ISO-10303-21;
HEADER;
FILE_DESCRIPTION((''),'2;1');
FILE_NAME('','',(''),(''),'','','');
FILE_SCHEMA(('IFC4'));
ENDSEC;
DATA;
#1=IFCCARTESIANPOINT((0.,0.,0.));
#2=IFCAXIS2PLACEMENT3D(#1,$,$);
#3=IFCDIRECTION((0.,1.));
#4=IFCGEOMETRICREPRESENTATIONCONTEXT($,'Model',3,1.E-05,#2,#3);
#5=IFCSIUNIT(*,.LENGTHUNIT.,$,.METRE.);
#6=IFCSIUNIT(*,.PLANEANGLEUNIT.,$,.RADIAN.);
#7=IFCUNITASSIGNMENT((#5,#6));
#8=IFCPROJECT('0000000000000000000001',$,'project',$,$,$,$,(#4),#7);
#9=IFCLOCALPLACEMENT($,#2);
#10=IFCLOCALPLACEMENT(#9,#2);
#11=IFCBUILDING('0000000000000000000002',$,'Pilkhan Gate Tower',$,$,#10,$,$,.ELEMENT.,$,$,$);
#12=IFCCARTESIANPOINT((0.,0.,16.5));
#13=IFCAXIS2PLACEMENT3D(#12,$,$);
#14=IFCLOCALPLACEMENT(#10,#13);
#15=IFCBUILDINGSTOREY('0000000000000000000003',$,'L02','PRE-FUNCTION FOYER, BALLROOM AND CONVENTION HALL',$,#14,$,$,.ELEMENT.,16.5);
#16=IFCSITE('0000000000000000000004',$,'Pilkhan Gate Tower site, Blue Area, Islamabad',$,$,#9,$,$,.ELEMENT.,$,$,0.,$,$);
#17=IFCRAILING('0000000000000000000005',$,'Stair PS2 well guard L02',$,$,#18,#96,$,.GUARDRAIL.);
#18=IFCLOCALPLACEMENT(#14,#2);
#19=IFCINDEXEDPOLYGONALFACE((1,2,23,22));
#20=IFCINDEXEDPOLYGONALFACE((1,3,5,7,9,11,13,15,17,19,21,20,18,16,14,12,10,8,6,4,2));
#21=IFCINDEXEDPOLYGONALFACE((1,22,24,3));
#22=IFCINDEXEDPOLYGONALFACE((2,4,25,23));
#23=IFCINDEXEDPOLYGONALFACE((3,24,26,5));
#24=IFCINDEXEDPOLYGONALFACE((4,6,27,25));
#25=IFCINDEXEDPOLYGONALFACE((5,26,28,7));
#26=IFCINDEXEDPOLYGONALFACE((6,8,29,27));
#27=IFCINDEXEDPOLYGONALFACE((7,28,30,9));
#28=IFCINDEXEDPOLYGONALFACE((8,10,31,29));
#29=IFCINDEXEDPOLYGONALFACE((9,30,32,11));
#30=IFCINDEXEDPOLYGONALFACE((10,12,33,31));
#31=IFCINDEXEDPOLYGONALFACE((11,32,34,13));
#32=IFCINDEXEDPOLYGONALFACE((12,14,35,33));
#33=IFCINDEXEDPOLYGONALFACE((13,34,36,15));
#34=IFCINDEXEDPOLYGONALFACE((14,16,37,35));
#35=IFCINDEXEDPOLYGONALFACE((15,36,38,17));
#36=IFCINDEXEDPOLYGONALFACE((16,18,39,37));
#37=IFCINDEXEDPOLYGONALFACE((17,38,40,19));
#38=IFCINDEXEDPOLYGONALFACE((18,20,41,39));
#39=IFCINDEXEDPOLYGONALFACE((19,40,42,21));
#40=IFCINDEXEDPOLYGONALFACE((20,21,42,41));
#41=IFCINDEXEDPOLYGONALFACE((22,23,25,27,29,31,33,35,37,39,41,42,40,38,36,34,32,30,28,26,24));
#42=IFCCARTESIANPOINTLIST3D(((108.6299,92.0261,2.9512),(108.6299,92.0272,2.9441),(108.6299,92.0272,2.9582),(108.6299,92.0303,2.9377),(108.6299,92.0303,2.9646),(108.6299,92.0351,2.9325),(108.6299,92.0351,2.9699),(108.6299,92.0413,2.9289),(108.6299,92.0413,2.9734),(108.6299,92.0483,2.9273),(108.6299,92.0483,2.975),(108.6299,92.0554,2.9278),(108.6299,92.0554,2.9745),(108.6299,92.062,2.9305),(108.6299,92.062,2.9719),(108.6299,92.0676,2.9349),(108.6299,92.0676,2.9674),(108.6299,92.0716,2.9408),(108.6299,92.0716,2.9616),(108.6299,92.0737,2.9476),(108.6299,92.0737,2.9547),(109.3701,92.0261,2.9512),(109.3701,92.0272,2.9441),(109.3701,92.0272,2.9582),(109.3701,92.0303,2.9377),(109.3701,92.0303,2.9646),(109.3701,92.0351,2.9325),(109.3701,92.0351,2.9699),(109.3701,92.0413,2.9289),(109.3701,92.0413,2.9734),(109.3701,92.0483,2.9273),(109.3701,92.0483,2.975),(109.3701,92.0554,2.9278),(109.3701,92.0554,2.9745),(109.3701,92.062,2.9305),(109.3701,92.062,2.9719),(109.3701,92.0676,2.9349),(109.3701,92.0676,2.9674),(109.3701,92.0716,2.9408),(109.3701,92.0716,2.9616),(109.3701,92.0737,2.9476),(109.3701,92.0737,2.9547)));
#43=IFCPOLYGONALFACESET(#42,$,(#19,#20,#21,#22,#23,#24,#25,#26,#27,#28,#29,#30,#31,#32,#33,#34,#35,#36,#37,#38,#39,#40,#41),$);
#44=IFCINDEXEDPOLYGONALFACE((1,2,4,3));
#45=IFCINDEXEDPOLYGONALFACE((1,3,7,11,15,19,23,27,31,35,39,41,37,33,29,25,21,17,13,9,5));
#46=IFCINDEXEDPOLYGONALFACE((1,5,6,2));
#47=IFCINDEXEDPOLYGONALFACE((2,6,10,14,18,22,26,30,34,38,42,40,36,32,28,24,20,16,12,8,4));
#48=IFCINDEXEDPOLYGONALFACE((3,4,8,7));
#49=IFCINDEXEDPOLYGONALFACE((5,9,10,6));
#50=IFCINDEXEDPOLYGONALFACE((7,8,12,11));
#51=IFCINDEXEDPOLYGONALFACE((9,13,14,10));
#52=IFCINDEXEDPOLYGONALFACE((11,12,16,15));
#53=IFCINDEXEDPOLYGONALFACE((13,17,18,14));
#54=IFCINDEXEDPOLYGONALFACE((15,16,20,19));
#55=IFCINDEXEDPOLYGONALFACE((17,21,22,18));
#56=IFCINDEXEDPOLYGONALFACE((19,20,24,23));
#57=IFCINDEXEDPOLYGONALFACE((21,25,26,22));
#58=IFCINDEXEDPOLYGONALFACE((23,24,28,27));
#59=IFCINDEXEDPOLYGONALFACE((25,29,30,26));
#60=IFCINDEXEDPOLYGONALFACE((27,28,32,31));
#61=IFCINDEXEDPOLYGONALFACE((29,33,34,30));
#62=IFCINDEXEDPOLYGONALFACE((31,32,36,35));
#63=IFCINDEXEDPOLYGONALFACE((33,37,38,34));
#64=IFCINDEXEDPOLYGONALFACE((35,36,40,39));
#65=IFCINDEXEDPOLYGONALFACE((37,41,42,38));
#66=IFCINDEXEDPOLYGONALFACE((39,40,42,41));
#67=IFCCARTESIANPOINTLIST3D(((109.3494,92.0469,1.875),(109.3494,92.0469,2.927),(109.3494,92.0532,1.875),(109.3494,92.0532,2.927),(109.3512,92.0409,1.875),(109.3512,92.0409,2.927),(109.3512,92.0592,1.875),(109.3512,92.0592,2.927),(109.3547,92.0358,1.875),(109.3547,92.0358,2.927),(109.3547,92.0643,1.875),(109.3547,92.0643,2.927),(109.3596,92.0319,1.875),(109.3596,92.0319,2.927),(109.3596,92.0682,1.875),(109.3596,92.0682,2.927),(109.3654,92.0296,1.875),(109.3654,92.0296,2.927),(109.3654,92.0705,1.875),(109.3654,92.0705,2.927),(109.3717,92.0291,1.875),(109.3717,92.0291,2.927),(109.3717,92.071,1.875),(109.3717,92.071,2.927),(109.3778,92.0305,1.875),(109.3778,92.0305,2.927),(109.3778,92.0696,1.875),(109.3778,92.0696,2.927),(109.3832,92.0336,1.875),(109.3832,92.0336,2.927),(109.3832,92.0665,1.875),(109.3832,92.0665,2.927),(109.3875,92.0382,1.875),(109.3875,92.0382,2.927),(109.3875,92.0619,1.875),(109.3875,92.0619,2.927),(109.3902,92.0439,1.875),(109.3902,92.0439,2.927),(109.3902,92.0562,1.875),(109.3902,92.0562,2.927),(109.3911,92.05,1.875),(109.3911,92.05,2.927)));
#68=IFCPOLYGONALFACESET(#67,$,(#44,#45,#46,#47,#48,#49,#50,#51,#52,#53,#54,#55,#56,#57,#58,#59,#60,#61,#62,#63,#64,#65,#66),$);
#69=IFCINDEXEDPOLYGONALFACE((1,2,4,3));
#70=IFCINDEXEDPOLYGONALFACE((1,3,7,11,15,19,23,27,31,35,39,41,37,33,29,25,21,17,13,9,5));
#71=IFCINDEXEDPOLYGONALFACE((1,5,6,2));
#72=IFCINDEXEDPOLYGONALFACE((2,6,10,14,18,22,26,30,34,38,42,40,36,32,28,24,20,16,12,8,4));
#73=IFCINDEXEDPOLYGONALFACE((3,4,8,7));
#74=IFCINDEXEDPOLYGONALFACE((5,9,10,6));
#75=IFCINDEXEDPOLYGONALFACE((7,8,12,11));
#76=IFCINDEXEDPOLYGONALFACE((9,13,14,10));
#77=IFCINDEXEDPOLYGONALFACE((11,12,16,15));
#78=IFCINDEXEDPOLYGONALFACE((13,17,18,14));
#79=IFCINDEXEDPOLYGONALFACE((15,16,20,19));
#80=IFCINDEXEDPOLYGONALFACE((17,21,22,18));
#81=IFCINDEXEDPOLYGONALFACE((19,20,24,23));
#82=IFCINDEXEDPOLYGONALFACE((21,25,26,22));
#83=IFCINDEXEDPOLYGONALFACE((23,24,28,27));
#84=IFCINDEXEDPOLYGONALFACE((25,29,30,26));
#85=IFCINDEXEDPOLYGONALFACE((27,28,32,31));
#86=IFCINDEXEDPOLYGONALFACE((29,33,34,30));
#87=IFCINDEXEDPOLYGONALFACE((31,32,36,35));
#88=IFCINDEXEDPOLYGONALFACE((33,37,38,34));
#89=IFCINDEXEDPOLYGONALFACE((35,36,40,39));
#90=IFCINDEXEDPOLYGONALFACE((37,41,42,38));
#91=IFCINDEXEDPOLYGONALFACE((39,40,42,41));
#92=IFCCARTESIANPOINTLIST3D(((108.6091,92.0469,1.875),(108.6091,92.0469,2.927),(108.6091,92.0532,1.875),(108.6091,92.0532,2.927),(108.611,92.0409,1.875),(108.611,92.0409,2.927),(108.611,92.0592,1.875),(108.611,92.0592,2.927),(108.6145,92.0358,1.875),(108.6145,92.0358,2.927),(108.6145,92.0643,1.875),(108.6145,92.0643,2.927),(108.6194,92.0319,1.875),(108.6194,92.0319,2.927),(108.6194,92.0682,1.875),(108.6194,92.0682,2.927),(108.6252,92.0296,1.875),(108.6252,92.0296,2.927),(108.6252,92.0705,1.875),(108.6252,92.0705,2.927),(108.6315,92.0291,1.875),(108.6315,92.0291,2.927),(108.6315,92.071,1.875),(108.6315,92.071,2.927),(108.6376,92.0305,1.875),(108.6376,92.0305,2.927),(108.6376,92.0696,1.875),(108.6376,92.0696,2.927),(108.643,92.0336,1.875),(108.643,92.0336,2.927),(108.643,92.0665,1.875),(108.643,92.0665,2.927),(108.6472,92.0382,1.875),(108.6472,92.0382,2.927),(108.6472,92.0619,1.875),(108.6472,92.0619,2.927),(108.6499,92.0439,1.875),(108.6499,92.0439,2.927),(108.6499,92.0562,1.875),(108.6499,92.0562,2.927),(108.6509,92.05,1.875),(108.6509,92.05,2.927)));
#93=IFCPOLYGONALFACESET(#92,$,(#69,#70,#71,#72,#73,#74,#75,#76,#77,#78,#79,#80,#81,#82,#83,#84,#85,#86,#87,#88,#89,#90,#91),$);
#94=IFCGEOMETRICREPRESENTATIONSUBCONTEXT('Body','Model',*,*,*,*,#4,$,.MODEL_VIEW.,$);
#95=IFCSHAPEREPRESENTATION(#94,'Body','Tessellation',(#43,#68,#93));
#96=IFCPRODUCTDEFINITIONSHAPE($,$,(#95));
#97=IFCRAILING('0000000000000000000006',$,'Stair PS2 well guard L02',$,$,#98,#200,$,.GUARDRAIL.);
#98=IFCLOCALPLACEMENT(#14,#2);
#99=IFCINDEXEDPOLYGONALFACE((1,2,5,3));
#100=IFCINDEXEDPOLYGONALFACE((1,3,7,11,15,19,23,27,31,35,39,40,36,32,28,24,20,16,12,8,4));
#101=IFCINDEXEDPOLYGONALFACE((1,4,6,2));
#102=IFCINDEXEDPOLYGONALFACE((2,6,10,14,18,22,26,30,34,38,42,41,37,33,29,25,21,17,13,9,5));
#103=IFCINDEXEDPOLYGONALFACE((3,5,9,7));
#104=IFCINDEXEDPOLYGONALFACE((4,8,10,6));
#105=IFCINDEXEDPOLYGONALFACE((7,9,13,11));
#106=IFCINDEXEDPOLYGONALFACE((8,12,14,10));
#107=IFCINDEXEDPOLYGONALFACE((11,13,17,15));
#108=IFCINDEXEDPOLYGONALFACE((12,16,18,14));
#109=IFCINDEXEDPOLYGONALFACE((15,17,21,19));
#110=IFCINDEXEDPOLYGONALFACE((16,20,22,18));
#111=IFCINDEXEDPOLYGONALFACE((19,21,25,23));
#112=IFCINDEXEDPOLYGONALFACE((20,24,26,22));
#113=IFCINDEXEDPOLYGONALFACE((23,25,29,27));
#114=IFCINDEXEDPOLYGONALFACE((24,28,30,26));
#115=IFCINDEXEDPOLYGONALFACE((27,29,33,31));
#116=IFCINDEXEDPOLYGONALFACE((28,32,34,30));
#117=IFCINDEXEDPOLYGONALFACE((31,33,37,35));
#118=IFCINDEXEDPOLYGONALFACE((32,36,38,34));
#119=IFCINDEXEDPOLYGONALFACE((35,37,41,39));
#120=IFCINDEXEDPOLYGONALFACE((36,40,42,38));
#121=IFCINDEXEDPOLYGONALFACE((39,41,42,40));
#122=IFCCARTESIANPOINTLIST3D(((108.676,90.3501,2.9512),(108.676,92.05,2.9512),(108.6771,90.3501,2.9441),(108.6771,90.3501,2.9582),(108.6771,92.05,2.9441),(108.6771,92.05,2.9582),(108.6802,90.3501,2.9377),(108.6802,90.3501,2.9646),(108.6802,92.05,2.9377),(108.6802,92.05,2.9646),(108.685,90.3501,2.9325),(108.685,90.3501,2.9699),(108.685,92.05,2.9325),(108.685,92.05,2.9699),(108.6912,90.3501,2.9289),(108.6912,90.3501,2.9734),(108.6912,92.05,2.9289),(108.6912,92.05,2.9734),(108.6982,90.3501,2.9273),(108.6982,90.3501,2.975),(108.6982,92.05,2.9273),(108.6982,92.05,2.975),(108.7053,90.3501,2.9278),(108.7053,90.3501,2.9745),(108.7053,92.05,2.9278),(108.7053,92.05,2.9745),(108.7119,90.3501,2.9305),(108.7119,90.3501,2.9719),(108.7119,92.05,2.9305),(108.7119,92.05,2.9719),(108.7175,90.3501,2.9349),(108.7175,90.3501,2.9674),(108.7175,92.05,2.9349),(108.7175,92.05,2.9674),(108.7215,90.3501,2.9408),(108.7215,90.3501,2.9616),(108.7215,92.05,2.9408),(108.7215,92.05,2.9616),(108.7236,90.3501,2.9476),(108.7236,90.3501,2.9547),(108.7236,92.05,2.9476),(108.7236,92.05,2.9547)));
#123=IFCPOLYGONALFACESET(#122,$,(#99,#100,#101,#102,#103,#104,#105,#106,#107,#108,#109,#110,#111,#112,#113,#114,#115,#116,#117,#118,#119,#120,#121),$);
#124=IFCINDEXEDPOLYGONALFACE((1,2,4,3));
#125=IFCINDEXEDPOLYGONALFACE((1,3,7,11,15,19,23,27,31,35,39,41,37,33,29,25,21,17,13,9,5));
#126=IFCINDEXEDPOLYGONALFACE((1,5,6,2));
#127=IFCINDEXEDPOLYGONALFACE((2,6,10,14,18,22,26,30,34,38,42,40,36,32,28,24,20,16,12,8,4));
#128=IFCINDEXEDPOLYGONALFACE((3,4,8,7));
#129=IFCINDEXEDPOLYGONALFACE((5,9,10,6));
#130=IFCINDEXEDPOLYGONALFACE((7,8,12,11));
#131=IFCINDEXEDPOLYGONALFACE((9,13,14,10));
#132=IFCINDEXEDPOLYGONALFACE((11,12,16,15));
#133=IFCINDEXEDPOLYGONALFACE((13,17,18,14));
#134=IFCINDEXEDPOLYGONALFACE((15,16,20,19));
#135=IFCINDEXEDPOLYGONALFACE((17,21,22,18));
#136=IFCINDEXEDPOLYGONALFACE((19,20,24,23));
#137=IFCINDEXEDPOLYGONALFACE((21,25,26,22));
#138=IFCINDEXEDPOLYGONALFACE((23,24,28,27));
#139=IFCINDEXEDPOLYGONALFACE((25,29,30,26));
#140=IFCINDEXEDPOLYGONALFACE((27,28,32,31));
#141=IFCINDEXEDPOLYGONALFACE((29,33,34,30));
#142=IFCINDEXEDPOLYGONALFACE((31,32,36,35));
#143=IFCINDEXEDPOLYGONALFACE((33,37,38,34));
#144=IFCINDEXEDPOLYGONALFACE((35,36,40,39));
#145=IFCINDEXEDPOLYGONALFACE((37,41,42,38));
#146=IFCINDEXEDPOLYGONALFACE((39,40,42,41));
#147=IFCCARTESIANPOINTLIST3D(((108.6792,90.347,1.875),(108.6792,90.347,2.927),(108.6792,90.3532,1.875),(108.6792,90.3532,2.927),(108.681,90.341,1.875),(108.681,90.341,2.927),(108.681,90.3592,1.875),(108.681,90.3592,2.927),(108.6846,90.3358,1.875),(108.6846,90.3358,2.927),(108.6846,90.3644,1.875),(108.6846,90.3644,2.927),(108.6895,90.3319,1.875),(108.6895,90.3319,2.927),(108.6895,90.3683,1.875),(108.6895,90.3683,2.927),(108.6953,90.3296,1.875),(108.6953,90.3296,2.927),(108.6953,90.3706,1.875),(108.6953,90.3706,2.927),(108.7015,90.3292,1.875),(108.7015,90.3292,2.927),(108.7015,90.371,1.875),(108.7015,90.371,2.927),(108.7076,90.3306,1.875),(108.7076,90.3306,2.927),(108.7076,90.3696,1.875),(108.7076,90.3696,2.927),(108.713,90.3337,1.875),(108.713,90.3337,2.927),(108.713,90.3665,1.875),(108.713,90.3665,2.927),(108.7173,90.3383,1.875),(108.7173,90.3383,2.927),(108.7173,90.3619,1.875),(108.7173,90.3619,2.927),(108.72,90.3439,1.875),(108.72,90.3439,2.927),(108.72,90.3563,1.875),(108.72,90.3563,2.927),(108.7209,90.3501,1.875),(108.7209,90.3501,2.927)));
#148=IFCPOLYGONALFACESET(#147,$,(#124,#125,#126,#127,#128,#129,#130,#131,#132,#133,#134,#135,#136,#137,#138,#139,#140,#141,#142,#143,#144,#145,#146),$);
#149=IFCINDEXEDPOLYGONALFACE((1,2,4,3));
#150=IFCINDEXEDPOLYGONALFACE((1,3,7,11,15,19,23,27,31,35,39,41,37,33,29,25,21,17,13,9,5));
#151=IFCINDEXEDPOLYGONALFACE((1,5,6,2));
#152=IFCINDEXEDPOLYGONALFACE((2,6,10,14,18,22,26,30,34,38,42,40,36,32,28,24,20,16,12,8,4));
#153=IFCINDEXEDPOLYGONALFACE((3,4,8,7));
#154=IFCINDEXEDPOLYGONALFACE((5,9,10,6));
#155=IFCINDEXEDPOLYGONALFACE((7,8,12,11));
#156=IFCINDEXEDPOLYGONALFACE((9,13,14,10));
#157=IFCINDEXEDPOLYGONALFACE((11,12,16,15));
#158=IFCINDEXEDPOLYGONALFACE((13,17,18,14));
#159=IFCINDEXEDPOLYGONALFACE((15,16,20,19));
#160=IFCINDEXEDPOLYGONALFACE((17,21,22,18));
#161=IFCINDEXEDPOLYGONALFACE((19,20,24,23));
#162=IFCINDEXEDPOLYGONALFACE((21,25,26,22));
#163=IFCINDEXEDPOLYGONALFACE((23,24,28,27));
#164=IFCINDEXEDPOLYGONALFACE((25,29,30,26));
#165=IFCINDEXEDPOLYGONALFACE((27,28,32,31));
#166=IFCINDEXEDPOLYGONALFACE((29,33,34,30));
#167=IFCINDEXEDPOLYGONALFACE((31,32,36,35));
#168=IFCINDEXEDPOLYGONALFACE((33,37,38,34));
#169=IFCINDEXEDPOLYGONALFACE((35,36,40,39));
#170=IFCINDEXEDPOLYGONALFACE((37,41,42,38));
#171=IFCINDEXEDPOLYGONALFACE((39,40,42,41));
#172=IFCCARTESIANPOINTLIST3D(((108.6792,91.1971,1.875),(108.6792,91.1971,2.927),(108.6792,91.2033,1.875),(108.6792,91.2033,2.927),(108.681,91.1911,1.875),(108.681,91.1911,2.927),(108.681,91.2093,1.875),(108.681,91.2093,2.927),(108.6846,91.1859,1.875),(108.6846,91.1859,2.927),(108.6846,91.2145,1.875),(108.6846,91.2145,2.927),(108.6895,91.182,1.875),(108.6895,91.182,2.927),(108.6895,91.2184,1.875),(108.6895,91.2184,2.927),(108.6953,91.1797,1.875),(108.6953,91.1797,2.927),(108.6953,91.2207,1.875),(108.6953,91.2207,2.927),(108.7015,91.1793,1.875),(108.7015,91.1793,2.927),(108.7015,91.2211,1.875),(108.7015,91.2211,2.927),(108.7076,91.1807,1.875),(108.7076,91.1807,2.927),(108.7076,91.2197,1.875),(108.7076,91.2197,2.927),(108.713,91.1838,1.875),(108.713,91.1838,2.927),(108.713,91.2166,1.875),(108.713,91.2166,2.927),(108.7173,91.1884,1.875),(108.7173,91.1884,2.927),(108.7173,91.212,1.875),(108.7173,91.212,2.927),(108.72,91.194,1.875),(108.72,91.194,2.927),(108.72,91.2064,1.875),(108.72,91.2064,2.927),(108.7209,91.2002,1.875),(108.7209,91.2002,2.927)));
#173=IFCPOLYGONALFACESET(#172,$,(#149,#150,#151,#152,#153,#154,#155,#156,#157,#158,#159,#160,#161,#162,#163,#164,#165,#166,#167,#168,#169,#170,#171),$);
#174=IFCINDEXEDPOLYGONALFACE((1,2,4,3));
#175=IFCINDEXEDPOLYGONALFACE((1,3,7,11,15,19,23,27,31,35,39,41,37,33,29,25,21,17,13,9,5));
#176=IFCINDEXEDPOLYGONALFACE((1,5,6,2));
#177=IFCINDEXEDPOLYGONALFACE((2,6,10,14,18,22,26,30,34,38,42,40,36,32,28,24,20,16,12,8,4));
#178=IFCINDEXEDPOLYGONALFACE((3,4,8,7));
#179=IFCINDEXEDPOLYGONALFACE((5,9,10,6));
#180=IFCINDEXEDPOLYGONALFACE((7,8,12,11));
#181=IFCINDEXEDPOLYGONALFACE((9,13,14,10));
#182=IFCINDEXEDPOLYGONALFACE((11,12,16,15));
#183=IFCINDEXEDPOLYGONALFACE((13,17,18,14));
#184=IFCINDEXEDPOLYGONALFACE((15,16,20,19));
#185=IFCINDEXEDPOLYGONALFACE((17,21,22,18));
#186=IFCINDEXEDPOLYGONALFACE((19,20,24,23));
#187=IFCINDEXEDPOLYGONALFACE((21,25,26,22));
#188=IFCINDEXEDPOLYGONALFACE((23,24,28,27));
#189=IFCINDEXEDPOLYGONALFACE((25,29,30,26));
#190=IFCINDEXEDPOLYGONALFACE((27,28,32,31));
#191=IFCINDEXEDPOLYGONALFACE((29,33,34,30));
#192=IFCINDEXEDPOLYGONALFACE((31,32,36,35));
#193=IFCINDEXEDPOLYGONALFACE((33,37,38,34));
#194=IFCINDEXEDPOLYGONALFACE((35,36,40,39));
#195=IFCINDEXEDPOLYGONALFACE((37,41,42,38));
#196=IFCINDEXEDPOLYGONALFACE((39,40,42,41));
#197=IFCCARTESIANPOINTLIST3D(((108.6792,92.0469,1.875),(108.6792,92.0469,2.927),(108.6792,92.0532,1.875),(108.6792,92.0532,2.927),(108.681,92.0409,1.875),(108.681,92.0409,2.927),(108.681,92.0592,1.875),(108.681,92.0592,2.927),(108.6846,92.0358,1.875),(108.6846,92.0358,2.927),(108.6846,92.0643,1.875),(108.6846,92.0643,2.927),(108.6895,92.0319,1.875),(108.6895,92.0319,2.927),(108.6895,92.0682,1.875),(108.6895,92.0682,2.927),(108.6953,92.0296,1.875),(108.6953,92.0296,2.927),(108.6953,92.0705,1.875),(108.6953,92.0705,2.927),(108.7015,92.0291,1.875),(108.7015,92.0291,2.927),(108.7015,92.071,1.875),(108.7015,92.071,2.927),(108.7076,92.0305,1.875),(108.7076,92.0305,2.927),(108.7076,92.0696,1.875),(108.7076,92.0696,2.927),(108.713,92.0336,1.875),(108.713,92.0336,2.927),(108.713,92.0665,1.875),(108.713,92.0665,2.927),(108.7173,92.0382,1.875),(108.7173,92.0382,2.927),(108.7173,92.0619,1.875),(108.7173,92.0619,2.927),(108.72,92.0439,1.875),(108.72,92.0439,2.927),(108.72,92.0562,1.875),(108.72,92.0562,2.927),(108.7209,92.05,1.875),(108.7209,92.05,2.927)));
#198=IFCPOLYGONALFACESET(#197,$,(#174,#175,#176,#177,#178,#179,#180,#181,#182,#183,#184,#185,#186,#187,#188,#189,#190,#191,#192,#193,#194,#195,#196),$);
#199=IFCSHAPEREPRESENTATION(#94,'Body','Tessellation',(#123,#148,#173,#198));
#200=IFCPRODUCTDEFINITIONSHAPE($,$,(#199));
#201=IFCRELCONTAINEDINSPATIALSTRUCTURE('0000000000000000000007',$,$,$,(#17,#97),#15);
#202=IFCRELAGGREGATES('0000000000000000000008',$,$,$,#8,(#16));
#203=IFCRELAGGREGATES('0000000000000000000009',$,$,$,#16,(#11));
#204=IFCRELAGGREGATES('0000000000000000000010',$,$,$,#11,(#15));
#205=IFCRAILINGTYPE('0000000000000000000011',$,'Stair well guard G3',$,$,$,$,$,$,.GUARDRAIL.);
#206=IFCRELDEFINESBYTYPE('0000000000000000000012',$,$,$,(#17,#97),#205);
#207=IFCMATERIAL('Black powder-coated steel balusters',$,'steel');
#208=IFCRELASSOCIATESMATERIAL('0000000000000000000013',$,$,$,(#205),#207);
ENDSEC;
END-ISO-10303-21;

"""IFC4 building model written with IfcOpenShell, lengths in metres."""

from ifc_helpers import new_model, si_unit, direction, frame, origin, origin_2d, place, context, subcontext, project, spatial, circle, extrude, material, type_object, element, save


model = new_model("IFC4")

# Units and contexts
model_context = context("Model", 3, precision=1e-05, world=origin(), true_north=direction((0.0, 1.0)))
body_context = subcontext(model_context, "Body", "Model", "MODEL_VIEW")
ifc_project = project(units=[si_unit("LENGTHUNIT", "METRE"), si_unit("PLANEANGLEUNIT", "RADIAN")], contexts=[model_context])

# Site, building, storey
site_placement = place(None, origin())
site = spatial("IfcSite", under=ifc_project, at=site_placement, Name="Pilkhan Gate Tower site, Blue Area, Islamabad", CompositionType="ELEMENT", RefElevation=0.0)
building_placement = place(site_placement, origin())
building = spatial("IfcBuilding", under=site, at=building_placement, Name="Pilkhan Gate Tower", CompositionType="ELEMENT")
storey_placement = place(building_placement, frame((0.0, 0.0, 16.5)))
storey = spatial("IfcBuildingStorey", under=building, at=storey_placement, Name="L02", Description="PRE-FUNCTION FOYER, BALLROOM AND CONVENTION HALL", CompositionType="ELEMENT", Elevation=16.5)

# Railings
ifc_material_1 = material(Name="Black powder-coated steel balusters", Category="steel")
railing_type_1 = type_object("IfcRailingType", Name="Stair well guard G3", PredefinedType="GUARDRAIL", material=ifc_material_1)
railing_1_placement = place(storey_placement, frame((109.3701, 92.05, 1.875)))
element("IfcRailing", 1, at=railing_1_placement, inside=storey, type_object=railing_type_1, Name="Stair PS2 well guard L02", PredefinedType="GUARDRAIL", context=body_context, shape_type="SweptSolid", body=[
    extrude(circle(Radius=0.0239, at=origin_2d()), frame((0.0, 0.0, 1.0762), z_axis=(-1.0, 0.0, 0.0), x_axis=(0.0, -1.0, 0.0)), (0.0, 0.0, 1.0), 0.7402),
    extrude(circle(Radius=0.021, at=origin_2d()), origin(), (0.0, 0.0, 1.0), 1.052),
    extrude(circle(Radius=0.021, at=origin_2d()), frame((-0.7402, 0.0, 0.0)), (0.0, 0.0, 1.0), 1.052),
])
railing_2_placement = place(storey_placement, frame((108.7, 90.3501, 1.875)))
element("IfcRailing", 2, at=railing_2_placement, inside=storey, type_object=railing_type_1, Name="Stair PS2 well guard L02", PredefinedType="GUARDRAIL", context=body_context, shape_type="SweptSolid", body=[
    extrude(circle(Radius=0.0239, at=origin_2d()), frame((0.0, 0.0, 1.0762), z_axis=(0.0, 1.0, 0.0), x_axis=(-1.0, 0.0, 0.0)), (0.0, 0.0, 1.0), 1.7),
    extrude(circle(Radius=0.021, at=origin_2d()), origin(), (0.0, 0.0, 1.0), 1.052),
    extrude(circle(Radius=0.021, at=origin_2d()), frame((0.0, 0.8501, 0.0)), (0.0, 0.0, 1.0), 1.052),
    extrude(circle(Radius=0.021, at=origin_2d()), frame((0.0, 1.7, 0.0)), (0.0, 0.0, 1.0), 1.052),
])

save(model, "model.ifc")
